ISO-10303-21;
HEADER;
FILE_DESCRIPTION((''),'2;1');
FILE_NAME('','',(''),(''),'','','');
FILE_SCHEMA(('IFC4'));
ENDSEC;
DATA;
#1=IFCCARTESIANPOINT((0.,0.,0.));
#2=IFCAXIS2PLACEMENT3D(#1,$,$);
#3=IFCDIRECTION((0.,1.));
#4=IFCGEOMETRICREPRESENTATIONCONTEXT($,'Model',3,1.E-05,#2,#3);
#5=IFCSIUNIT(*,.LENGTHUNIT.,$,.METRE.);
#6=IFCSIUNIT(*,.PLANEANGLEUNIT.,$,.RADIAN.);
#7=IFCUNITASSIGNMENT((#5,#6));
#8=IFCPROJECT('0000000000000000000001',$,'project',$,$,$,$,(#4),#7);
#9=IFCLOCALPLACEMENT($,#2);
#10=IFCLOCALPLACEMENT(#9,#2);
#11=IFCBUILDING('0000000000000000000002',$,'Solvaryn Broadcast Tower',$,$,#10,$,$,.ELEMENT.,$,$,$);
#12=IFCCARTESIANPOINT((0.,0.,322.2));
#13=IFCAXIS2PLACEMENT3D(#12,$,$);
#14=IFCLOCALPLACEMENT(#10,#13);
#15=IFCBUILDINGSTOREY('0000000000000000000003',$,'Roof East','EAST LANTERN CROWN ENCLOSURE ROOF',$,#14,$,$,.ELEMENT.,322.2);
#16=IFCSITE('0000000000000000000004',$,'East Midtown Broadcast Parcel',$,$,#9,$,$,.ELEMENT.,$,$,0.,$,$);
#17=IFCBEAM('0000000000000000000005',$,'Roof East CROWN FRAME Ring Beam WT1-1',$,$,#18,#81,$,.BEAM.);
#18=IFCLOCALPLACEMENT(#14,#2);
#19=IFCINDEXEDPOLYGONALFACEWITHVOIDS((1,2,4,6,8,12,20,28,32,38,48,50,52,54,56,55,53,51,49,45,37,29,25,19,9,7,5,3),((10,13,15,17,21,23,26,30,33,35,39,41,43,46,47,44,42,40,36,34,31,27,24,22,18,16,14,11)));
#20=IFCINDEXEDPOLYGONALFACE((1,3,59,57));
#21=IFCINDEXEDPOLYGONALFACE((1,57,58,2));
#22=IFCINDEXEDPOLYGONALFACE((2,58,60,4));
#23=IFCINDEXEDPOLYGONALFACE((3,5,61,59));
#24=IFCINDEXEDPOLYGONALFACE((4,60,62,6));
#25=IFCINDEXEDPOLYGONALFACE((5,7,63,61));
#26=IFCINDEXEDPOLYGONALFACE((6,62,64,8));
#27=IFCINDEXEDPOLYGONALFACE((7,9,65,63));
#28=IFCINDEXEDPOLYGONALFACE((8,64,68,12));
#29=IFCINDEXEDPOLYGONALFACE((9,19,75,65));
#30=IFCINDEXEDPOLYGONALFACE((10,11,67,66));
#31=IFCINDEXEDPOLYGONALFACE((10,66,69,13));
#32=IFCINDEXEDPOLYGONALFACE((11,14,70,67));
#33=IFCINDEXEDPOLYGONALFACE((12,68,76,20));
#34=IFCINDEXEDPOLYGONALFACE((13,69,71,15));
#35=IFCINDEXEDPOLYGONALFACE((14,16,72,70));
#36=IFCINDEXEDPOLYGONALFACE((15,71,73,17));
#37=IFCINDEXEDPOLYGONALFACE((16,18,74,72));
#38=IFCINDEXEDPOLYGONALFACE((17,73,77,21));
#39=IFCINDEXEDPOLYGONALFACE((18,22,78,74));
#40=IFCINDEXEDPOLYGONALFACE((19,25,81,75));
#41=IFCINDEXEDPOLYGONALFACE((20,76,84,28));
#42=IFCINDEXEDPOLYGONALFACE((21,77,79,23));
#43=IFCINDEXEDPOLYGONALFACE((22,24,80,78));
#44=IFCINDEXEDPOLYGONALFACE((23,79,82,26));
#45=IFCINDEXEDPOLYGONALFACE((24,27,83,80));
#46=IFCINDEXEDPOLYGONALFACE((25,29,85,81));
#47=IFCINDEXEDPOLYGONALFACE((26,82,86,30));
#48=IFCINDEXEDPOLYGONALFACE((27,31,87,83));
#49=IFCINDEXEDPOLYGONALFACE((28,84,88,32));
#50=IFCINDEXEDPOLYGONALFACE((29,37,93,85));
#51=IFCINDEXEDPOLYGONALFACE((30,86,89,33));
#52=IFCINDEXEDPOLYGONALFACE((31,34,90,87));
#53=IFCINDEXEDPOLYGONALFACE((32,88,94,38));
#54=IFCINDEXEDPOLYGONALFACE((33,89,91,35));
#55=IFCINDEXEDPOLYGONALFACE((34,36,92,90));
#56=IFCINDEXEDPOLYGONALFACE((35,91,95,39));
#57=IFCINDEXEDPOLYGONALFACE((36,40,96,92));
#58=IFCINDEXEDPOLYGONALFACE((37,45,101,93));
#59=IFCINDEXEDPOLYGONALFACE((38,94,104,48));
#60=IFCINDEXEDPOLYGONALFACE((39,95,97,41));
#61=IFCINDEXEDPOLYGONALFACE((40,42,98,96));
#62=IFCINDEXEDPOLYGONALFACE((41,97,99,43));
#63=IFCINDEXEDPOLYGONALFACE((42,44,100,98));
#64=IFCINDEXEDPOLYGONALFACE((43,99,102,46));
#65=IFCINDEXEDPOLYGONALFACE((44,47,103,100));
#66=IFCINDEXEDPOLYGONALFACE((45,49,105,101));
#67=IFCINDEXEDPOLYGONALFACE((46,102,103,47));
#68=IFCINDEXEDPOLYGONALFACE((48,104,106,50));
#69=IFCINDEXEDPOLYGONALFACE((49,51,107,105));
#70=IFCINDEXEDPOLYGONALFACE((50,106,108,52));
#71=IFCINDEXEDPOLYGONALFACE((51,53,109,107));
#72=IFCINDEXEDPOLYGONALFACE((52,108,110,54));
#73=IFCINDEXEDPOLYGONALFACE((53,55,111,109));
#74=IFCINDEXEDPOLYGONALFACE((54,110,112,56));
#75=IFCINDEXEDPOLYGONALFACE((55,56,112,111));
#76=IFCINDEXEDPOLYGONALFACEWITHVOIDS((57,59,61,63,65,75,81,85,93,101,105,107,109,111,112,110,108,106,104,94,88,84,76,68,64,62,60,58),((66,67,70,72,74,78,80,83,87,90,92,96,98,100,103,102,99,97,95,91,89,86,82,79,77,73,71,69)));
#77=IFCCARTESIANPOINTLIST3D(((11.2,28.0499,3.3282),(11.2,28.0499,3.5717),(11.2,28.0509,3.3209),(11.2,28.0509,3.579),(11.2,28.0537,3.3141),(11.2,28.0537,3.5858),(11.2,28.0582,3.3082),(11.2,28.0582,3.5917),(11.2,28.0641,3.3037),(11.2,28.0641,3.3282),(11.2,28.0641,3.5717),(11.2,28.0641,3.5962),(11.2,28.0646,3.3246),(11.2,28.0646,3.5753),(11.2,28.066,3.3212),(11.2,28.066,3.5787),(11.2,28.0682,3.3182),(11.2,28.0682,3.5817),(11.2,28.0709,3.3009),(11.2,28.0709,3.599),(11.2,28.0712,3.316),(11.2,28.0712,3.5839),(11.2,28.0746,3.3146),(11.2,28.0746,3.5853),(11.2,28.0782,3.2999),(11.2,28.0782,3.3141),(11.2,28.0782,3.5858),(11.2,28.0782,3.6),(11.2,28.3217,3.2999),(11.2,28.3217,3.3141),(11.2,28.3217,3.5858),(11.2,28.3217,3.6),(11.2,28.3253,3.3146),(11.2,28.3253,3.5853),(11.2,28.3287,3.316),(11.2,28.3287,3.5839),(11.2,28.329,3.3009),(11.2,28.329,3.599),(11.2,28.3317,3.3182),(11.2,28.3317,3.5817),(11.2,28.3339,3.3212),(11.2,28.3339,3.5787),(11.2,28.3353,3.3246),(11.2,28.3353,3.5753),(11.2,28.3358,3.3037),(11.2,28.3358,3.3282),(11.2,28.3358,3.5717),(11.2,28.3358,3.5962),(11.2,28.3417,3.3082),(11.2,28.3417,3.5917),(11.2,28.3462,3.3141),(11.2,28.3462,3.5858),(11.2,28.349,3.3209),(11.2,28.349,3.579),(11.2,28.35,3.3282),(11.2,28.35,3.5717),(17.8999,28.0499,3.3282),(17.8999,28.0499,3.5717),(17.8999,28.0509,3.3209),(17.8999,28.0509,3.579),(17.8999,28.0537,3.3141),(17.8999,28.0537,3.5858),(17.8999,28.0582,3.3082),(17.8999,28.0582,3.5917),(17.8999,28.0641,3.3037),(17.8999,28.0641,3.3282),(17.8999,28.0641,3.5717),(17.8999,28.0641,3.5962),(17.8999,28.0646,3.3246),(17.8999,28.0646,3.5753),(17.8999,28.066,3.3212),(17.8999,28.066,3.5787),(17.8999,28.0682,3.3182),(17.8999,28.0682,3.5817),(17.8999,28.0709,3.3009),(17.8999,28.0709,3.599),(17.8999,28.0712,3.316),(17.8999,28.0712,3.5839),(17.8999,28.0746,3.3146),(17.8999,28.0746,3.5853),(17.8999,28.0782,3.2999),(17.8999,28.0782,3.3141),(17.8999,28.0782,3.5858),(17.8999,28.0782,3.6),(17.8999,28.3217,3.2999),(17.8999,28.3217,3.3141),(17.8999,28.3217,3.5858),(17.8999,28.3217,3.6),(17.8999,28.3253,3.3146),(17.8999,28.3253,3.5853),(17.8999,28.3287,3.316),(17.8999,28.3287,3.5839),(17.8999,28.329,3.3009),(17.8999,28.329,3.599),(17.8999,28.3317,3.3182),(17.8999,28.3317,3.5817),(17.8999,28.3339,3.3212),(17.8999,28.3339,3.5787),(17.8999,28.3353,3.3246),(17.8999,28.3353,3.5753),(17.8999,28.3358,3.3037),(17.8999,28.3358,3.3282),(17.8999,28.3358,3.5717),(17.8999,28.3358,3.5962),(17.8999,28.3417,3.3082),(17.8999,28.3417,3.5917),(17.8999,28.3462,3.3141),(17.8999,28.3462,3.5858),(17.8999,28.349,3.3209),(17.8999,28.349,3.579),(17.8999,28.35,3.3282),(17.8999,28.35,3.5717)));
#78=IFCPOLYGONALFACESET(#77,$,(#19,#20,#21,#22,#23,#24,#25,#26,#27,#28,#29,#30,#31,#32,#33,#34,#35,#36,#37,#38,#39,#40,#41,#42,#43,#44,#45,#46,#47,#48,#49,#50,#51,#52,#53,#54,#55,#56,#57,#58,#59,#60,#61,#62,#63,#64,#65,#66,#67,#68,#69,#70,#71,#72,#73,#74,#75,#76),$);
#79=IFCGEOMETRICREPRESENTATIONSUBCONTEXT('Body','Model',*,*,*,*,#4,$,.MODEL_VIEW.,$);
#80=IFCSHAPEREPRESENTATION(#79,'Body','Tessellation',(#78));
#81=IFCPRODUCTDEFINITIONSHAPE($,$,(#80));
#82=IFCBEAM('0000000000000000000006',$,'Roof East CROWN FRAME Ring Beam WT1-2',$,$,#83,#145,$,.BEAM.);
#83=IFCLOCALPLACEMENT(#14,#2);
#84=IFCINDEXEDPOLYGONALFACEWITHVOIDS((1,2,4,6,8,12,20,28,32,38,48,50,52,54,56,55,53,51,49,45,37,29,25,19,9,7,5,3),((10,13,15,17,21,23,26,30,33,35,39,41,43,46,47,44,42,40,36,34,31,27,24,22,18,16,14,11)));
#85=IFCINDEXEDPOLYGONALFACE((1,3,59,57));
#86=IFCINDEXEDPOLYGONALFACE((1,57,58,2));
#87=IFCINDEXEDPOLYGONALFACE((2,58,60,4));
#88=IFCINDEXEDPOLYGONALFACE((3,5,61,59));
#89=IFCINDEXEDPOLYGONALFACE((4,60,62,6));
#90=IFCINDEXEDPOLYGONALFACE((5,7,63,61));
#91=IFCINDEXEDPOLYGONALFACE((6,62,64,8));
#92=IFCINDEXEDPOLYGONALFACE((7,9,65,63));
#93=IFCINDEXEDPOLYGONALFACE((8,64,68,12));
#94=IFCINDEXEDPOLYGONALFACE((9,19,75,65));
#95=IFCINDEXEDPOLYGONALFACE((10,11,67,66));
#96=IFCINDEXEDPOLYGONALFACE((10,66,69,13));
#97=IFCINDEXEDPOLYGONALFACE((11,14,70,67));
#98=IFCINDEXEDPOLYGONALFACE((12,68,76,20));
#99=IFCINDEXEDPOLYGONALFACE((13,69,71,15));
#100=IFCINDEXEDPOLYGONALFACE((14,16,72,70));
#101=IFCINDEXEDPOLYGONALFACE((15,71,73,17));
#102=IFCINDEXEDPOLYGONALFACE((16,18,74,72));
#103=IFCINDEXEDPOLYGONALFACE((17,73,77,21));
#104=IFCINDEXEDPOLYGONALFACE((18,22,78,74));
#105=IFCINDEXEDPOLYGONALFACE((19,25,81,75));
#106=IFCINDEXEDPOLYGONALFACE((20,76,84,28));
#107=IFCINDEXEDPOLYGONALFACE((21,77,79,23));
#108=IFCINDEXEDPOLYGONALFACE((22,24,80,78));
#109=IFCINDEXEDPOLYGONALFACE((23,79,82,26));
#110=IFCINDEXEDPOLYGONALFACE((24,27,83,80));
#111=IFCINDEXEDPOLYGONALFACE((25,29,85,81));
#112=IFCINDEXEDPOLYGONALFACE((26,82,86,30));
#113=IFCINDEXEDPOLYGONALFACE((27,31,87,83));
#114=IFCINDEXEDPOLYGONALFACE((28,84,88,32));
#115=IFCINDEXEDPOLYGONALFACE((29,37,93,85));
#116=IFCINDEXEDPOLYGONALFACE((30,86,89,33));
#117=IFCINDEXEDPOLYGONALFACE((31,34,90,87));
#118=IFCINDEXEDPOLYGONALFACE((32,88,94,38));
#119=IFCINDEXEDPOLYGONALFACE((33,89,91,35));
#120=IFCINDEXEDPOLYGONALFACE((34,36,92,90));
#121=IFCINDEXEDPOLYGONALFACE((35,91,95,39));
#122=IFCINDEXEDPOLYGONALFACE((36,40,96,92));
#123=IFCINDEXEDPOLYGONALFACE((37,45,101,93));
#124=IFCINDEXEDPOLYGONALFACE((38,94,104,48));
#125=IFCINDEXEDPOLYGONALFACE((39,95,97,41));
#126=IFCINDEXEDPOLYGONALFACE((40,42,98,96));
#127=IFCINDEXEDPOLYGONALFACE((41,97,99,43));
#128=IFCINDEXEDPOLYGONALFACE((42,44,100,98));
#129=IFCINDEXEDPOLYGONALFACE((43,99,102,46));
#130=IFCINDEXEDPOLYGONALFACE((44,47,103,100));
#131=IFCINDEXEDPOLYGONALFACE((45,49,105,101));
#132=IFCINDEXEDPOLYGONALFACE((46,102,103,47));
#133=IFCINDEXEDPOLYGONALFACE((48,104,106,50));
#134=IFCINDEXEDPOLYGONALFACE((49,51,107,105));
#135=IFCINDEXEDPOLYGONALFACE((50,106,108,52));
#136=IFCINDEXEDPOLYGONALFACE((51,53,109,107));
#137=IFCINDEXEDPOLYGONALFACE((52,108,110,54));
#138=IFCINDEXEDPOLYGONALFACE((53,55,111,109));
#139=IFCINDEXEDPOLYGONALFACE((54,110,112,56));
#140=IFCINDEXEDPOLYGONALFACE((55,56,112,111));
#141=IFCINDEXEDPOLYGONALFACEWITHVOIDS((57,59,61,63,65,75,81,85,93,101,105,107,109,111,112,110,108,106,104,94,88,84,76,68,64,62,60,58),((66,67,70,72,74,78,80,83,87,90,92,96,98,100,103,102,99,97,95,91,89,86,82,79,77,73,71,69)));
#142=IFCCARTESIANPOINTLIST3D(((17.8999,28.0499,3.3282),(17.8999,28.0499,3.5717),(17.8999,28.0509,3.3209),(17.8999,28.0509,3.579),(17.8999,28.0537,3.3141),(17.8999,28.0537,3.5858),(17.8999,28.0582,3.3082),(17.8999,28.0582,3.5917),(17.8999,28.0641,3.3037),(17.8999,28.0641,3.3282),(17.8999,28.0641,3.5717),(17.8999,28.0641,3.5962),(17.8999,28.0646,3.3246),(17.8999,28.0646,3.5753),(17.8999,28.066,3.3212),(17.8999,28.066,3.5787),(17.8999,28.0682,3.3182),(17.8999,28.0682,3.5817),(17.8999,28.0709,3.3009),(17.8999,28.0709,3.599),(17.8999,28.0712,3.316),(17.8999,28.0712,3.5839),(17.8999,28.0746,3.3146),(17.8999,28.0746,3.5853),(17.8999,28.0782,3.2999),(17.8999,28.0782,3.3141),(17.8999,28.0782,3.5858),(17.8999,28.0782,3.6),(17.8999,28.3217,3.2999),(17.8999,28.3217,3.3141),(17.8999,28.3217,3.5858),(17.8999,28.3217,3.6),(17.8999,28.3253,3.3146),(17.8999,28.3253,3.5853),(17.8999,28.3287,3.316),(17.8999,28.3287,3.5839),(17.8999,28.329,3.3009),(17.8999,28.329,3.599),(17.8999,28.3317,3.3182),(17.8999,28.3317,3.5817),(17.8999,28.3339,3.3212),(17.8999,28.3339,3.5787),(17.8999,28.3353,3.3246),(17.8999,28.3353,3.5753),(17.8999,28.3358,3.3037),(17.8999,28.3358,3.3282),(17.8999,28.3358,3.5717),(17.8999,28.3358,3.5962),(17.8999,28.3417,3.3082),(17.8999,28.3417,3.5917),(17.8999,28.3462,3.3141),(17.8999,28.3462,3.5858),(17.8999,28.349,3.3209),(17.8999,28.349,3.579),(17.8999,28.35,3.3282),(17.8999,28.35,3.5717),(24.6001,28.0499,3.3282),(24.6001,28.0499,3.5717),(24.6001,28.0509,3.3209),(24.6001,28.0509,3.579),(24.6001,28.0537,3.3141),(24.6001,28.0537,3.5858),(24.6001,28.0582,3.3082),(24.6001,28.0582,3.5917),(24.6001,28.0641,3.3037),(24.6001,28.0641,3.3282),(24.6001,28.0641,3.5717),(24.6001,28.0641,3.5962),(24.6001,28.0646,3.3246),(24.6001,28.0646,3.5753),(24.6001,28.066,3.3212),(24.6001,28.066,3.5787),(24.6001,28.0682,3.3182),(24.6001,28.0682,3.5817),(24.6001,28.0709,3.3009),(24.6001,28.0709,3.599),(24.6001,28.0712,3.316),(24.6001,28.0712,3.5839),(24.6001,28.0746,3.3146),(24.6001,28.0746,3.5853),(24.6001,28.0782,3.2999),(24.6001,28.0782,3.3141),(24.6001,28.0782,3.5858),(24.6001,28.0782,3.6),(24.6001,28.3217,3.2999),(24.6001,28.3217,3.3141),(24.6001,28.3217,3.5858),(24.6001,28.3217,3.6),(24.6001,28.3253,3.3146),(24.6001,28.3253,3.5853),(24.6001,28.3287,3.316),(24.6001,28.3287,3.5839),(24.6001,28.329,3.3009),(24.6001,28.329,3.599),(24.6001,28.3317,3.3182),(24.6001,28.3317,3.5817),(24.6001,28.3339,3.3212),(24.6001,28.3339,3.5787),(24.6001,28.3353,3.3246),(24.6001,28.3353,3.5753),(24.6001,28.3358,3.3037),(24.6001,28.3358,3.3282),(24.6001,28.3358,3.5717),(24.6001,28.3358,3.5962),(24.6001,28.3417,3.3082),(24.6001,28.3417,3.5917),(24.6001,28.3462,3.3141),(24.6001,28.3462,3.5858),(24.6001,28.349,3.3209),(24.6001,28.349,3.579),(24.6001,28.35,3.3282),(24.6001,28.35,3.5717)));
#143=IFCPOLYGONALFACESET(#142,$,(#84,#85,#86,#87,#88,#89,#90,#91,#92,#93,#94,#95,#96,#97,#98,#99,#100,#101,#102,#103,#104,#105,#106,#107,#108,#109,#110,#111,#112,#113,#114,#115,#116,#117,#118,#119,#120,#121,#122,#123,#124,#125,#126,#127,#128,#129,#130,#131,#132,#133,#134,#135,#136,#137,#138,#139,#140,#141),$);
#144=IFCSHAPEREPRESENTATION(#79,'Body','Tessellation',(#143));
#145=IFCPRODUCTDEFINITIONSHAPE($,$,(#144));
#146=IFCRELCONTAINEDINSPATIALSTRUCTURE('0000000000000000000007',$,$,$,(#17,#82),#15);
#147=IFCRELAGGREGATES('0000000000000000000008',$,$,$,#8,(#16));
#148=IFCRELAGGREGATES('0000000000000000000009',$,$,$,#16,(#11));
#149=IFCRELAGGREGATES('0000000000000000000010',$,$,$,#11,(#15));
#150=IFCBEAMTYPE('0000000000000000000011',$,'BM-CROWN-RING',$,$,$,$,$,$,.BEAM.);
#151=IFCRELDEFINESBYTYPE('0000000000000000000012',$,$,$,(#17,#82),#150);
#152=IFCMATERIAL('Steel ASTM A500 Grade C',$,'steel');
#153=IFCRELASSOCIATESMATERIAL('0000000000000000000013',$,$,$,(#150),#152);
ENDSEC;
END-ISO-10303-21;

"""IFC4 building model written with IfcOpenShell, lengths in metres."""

from ifc_helpers import new_model, si_unit, direction, frame, origin, origin_2d, place, context, subcontext, project, spatial, hollow_rectangle, extrude, material, material_profile, profile_set, type_object, element, save


model = new_model("IFC4")

# Units and contexts
model_context = context("Model", 3, precision=1e-05, world=origin(), true_north=direction((0.0, 1.0)))
body_context = subcontext(model_context, "Body", "Model", "MODEL_VIEW")
ifc_project = project(units=[si_unit("LENGTHUNIT", "METRE"), si_unit("PLANEANGLEUNIT", "RADIAN")], contexts=[model_context])

# Site, building, storey
site_placement = place(None, origin())
site = spatial("IfcSite", under=ifc_project, at=site_placement, Name="East Midtown Broadcast Parcel", CompositionType="ELEMENT", RefElevation=0.0)
building_placement = place(site_placement, origin())
building = spatial("IfcBuilding", under=site, at=building_placement, Name="Solvaryn Broadcast Tower", CompositionType="ELEMENT")
storey_placement = place(building_placement, frame((0.0, 0.0, 322.2)))
storey = spatial("IfcBuildingStorey", under=building, at=storey_placement, Name="Roof East", Description="EAST LANTERN CROWN ENCLOSURE ROOF", CompositionType="ELEMENT", Elevation=322.2)

# Beams
ifc_material_1 = material(Name="Steel ASTM A500 Grade C", Category="steel")
ifc_material_profile_1 = material_profile(ifc_material_1, hollow_rectangle(XDim=0.3, YDim=0.3, WallThickness=0.0142, InnerFilletRadius=0.0142, OuterFilletRadius=0.0283, at=origin_2d()))
ifc_profile_set_1 = profile_set([ifc_material_profile_1], Name="Steel ASTM A500 Grade C")
beam_type_1 = type_object("IfcBeamType", Name="BM-CROWN-RING", PredefinedType="BEAM", material=ifc_profile_set_1)
beam_1_placement = place(storey_placement, frame((11.2, 28.2, 3.45), z_axis=(1.0, 0.0, 0.0), x_axis=(0.0, 1.0, 0.0)))
element("IfcBeam", 1, at=beam_1_placement, inside=storey, type_object=beam_type_1, Name="Roof East CROWN FRAME Ring Beam WT1-1", PredefinedType="BEAM", context=body_context, shape_type="SweptSolid", body=[
    extrude(hollow_rectangle(XDim=0.3, YDim=0.3, WallThickness=0.0142, InnerFilletRadius=0.0142, OuterFilletRadius=0.0283, at=origin_2d()), origin(), (0.0, 0.0, 1.0), 6.7),
])
beam_2_placement = place(storey_placement, frame((17.8999, 28.2, 3.45), z_axis=(1.0, 0.0, 0.0), x_axis=(0.0, 1.0, 0.0)))
element("IfcBeam", 2, at=beam_2_placement, inside=storey, type_object=beam_type_1, Name="Roof East CROWN FRAME Ring Beam WT1-2", PredefinedType="BEAM", context=body_context, shape_type="SweptSolid", body=[
    extrude(hollow_rectangle(XDim=0.3, YDim=0.3, WallThickness=0.0142, InnerFilletRadius=0.0142, OuterFilletRadius=0.0283, at=origin_2d()), origin(), (0.0, 0.0, 1.0), 6.7002),
])

save(model, "model.ifc")
